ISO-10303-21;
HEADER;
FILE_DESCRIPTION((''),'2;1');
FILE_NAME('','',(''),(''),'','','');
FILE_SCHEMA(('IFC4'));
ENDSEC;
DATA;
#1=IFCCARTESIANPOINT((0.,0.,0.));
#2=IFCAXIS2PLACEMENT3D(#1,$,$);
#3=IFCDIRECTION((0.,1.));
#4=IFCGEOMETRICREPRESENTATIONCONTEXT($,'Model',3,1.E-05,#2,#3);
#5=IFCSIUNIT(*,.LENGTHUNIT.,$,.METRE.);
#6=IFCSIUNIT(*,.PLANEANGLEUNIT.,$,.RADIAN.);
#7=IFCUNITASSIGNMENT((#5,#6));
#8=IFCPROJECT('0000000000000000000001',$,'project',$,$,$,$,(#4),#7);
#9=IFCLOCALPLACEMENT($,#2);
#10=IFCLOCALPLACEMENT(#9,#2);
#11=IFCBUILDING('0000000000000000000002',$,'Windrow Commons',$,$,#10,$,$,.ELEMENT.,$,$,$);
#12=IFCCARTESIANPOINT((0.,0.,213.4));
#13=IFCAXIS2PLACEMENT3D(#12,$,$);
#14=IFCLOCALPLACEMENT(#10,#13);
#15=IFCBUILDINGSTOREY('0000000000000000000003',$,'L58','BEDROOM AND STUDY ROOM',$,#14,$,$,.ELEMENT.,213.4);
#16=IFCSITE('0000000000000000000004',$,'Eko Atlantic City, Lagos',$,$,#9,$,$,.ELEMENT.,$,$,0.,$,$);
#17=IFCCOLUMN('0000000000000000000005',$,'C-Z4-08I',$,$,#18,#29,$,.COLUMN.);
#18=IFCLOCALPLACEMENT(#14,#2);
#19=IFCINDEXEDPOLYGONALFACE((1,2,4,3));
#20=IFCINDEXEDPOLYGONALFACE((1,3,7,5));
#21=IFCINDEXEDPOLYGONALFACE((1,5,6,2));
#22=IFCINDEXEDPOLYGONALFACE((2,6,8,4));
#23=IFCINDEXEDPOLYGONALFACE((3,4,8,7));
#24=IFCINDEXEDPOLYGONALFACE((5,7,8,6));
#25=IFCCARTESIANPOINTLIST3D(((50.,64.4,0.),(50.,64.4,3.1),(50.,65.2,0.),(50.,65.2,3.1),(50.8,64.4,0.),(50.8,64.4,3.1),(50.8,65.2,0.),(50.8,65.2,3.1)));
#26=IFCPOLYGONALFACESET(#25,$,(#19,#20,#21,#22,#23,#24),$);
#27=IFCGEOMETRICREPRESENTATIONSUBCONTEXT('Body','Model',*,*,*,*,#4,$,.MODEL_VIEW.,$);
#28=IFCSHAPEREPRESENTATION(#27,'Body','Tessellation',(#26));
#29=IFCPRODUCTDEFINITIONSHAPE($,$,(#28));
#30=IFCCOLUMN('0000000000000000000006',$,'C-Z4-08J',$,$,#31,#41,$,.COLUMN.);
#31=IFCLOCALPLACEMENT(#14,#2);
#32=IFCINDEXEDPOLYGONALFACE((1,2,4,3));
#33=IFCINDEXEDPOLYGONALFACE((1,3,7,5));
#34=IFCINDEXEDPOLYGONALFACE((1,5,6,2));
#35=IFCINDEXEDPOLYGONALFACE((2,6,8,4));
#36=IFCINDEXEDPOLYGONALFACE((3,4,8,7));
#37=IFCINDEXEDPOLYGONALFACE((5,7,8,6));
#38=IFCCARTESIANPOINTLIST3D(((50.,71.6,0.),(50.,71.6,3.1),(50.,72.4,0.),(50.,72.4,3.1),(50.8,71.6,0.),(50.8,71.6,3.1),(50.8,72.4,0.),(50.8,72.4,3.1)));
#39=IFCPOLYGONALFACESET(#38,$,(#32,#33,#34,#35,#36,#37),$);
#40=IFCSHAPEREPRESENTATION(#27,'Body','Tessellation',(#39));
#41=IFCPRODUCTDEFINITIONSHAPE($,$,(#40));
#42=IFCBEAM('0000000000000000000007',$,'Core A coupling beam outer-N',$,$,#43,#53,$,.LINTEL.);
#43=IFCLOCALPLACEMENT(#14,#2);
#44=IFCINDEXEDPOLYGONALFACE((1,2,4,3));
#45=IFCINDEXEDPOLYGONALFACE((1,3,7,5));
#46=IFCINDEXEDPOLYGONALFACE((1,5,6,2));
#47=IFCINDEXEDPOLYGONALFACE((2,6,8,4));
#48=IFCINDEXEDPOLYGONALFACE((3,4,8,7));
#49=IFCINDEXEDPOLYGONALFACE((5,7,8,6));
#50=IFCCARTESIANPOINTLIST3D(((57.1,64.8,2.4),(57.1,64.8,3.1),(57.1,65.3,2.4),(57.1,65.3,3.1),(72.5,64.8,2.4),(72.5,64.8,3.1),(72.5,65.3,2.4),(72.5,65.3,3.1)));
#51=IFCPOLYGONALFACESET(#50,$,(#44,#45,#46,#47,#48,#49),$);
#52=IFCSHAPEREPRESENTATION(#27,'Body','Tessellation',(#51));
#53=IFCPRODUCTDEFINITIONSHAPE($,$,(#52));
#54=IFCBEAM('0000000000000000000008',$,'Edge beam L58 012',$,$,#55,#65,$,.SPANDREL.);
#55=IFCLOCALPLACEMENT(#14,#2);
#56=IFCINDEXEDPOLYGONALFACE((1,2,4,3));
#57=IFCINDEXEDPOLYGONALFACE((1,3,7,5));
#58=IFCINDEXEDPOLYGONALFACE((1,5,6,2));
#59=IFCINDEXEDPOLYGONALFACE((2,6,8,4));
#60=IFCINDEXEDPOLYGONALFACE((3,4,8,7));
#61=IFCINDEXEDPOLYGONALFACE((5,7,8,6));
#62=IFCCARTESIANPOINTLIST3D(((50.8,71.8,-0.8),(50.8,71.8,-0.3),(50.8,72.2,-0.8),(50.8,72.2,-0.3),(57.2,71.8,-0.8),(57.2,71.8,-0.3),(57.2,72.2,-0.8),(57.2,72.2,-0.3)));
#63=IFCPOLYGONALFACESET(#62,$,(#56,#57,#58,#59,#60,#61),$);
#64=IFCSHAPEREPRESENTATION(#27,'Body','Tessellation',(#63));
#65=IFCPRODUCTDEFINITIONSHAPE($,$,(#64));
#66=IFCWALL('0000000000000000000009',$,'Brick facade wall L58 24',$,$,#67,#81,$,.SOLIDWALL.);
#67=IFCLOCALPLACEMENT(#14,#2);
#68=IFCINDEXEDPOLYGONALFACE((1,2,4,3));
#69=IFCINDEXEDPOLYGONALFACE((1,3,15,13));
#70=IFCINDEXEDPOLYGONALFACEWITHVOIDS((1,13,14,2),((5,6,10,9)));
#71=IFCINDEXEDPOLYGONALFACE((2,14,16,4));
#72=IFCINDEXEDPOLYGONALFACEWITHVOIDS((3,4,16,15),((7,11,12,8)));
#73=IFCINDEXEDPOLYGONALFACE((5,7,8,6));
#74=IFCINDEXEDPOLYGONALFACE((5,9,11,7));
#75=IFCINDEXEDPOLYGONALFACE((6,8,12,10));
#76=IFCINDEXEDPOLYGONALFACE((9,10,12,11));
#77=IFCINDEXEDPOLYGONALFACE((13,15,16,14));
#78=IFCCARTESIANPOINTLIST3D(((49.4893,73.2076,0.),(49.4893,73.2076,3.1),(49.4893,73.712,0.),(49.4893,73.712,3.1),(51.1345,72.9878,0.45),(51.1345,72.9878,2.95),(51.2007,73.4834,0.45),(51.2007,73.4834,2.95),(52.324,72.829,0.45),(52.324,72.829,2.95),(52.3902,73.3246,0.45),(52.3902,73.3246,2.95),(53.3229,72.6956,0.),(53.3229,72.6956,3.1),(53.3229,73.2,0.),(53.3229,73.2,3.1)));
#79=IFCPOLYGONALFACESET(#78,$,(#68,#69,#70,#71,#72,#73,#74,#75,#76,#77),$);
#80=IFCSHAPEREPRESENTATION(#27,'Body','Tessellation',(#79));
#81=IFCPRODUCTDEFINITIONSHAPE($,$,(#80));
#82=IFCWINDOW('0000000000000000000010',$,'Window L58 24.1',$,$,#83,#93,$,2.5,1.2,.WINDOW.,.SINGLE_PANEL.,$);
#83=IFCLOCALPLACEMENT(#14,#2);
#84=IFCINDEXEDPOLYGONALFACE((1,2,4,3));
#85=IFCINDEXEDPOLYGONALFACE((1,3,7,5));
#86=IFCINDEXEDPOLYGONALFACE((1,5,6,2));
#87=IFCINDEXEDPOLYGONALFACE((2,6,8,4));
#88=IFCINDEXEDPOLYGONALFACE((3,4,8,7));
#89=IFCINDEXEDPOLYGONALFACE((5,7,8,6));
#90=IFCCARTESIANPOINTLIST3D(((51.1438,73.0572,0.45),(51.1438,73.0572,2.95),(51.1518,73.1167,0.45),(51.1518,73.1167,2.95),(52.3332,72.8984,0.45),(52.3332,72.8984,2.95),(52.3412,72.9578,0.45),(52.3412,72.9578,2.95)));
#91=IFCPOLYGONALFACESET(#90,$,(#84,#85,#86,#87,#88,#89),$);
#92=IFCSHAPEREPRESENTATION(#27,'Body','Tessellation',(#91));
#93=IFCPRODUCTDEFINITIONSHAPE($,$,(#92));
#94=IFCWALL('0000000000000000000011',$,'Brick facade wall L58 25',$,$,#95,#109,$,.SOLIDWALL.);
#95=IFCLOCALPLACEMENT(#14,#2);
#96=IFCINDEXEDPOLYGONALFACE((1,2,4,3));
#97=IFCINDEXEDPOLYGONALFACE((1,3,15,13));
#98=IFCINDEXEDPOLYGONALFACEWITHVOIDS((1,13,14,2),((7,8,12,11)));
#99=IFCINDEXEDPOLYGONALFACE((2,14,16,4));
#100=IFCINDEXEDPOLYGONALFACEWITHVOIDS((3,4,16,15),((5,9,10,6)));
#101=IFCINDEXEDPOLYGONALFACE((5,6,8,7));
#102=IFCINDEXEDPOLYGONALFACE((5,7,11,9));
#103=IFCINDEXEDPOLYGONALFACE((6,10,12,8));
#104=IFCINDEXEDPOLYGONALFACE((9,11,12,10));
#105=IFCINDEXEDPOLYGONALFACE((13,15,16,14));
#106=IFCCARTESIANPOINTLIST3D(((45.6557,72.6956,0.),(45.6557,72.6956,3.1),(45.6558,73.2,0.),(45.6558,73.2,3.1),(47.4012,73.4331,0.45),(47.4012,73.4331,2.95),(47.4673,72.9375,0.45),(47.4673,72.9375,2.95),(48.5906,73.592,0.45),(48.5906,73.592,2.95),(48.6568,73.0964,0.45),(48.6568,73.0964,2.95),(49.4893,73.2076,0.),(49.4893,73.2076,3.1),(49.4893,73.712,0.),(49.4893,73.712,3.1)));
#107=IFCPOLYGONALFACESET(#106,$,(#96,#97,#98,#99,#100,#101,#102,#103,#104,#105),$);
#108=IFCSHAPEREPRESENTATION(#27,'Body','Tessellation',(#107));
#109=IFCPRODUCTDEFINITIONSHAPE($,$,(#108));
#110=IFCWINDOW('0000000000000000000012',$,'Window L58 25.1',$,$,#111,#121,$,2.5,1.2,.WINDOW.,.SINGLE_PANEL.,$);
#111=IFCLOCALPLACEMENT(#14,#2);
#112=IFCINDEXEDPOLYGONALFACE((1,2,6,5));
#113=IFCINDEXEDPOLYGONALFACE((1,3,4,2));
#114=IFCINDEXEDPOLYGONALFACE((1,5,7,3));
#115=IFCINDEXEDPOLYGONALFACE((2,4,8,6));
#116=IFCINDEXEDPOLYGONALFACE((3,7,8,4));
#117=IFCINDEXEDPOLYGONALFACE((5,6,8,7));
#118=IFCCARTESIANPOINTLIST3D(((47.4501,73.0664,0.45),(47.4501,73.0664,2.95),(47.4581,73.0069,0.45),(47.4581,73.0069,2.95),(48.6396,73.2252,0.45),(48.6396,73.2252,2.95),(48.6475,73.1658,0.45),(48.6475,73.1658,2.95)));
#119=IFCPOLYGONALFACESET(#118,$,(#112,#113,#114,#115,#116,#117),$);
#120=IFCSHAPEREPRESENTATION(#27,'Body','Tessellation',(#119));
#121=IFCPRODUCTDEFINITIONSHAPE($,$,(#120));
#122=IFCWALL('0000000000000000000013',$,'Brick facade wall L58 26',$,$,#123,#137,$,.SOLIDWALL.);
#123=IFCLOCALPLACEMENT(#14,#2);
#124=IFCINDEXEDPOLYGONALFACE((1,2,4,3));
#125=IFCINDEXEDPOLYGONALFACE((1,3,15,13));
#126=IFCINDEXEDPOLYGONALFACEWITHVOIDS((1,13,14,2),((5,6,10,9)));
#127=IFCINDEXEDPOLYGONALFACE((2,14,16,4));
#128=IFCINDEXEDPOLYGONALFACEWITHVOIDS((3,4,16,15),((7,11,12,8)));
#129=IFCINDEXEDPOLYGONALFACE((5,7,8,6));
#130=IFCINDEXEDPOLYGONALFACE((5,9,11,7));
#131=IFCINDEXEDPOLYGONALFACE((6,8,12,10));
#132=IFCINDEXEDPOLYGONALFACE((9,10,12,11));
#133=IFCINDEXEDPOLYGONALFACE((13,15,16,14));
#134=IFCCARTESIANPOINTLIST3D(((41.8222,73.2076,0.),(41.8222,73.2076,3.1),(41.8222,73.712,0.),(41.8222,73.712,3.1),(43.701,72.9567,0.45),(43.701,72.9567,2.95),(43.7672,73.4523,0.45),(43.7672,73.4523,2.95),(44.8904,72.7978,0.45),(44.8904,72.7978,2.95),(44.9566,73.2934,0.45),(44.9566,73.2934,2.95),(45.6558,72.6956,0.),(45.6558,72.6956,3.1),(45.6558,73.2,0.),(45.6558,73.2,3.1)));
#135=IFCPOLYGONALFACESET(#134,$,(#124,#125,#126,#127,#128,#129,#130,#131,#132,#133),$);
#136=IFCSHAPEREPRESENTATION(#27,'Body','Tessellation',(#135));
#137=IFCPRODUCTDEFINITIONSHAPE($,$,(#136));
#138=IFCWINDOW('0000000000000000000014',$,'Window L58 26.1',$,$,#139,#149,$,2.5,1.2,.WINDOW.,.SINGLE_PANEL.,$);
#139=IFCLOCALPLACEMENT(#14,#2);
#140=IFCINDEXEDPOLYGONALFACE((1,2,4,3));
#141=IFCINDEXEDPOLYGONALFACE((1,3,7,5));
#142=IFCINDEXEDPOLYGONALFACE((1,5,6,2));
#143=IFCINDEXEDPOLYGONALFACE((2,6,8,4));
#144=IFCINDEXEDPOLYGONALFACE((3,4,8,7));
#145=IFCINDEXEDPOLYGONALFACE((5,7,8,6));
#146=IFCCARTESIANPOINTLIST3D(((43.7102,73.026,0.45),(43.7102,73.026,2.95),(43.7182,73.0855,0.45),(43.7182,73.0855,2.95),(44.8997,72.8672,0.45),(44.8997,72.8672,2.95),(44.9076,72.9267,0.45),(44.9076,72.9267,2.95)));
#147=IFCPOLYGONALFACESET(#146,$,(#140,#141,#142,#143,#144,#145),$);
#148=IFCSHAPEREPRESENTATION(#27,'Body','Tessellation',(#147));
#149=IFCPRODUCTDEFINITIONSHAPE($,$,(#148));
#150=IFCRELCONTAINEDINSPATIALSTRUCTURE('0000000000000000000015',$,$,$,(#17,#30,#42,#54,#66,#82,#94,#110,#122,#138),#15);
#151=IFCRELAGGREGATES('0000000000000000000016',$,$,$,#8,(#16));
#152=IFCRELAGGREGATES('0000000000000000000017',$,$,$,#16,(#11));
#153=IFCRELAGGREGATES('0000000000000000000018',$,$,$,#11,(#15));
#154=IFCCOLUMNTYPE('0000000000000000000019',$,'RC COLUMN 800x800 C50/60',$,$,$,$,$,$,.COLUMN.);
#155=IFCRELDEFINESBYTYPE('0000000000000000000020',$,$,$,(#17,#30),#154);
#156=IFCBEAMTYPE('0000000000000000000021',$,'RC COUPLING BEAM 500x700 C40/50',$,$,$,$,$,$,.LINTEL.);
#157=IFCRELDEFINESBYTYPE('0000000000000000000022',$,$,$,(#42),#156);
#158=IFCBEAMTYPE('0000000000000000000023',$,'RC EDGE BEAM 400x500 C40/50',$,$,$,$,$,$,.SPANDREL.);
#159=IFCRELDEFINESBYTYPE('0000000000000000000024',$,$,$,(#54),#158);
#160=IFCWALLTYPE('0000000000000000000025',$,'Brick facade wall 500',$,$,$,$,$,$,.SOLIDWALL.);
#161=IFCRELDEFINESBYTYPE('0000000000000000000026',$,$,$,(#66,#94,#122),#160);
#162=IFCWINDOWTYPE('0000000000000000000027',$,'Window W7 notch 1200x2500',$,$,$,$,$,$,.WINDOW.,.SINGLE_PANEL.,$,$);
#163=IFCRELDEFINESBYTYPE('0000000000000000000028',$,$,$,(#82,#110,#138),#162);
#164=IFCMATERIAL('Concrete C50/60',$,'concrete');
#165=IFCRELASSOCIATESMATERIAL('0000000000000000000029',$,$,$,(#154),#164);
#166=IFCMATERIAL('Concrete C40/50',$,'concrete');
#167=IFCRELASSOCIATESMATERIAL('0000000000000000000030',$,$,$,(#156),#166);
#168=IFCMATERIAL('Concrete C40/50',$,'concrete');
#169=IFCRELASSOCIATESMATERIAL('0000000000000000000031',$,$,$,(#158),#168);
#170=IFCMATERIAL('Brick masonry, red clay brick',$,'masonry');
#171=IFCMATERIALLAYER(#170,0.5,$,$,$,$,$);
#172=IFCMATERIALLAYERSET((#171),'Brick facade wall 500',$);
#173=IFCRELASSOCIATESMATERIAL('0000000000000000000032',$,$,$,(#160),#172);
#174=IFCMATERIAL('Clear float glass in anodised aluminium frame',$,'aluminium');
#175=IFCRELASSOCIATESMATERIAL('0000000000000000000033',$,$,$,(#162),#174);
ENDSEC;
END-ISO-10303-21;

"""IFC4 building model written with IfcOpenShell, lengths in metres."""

from ifc_helpers import new_model, si_unit, direction, frame, frame_2d, origin, origin_2d, place, context, subcontext, project, spatial, polyline, rectangle, outline, extrude, material, layer, layer_set, material_profile, profile_set, type_object, element, fill, save


model = new_model("IFC4")

# Units and contexts
model_context = context("Model", 3, precision=1e-05, world=origin(), true_north=direction((0.0, 1.0)))
body_context = subcontext(model_context, "Body", "Model", "MODEL_VIEW")
ifc_project = project(units=[si_unit("LENGTHUNIT", "METRE"), si_unit("PLANEANGLEUNIT", "RADIAN")], contexts=[model_context])

# Site, building, storey
site_placement = place(None, origin())
site = spatial("IfcSite", under=ifc_project, at=site_placement, Name="Eko Atlantic City, Lagos", CompositionType="ELEMENT", RefElevation=0.0)
building_placement = place(site_placement, origin())
building = spatial("IfcBuilding", under=site, at=building_placement, Name="Windrow Commons", CompositionType="ELEMENT")
storey_placement = place(building_placement, frame((0.0, 0.0, 213.4)))
storey = spatial("IfcBuildingStorey", under=building, at=storey_placement, Name="L58", Description="BEDROOM AND STUDY ROOM", CompositionType="ELEMENT", Elevation=213.4)

# Columns
ifc_material_1 = material(Name="Concrete C50/60", Category="concrete")
ifc_material_profile_1 = material_profile(ifc_material_1, rectangle(XDim=0.8, YDim=0.8, at=origin_2d()))
ifc_profile_set_1 = profile_set([ifc_material_profile_1], Name="Concrete C50/60")
column_type = type_object("IfcColumnType", Name="RC COLUMN 800x800 C50/60", PredefinedType="COLUMN", material=ifc_profile_set_1)
for number, where, z_axis, x_axis, name in (
    (1, (50.4, 64.8, 0.0), (0.0, 0.0, 1.0), (1.0, 0.0, 0.0), "C-Z4-08I"),
    (2, (50.4, 72.0, 0.0), (0.0, 0.0, 1.0), (1.0, 0.0, 0.0), "C-Z4-08J"),
):
    element("IfcColumn", number, at=place(storey_placement, frame(where, z_axis=z_axis, x_axis=x_axis)), inside=storey, type_object=column_type, Name=name, PredefinedType="COLUMN", context=body_context, shape_type="SweptSolid", body=[
        extrude(rectangle(XDim=0.8, YDim=0.8, at=origin_2d()), origin(), (0.0, 0.0, 1.0), 3.1),
    ])

# Beams
ifc_material_2 = material(Name="Concrete C40/50", Category="concrete")
ifc_material_profile_2 = material_profile(ifc_material_2, rectangle(XDim=0.5, YDim=0.7, at=origin_2d()))
ifc_profile_set_2 = profile_set([ifc_material_profile_2], Name="Concrete C40/50")
beam_type_1 = type_object("IfcBeamType", Name="RC COUPLING BEAM 500x700 C40/50", PredefinedType="LINTEL", material=ifc_profile_set_2)
beam_1_placement = place(storey_placement, frame((57.1, 65.05, 2.75), z_axis=(1.0, 0.0, 0.0), x_axis=(0.0, 1.0, 0.0)))
element("IfcBeam", 3, at=beam_1_placement, inside=storey, type_object=beam_type_1, Name="Core A coupling beam outer-N", PredefinedType="LINTEL", context=body_context, shape_type="SweptSolid", body=[
    extrude(rectangle(XDim=0.5, YDim=0.7, at=origin_2d()), origin(), (0.0, 0.0, 1.0), 15.4),
])
ifc_material_3 = material(Name="Concrete C40/50", Category="concrete")
ifc_material_profile_3 = material_profile(ifc_material_3, rectangle(XDim=0.4, YDim=0.5, at=origin_2d()))
ifc_profile_set_3 = profile_set([ifc_material_profile_3], Name="Concrete C40/50")
beam_type_2 = type_object("IfcBeamType", Name="RC EDGE BEAM 400x500 C40/50", PredefinedType="SPANDREL", material=ifc_profile_set_3)
beam_2_placement = place(storey_placement, frame((50.8, 72.0, -0.55), z_axis=(1.0, 0.0, 0.0), x_axis=(0.0, 1.0, 0.0)))
element("IfcBeam", 4, at=beam_2_placement, inside=storey, type_object=beam_type_2, Name="Edge beam L58 012", PredefinedType="SPANDREL", context=body_context, shape_type="SweptSolid", body=[
    extrude(rectangle(XDim=0.4, YDim=0.5, at=origin_2d()), origin(), (0.0, 0.0, 1.0), 6.4),
])

# Walls, openings, windows
ifc_material_4 = material(Name="Brick masonry, red clay brick", Category="masonry")
ifc_layer_1 = layer(ifc_material_4, 0.5)
ifc_layer_set_1 = layer_set([ifc_layer_1], Name="Brick facade wall 500")
wall_type_1 = type_object("IfcWallType", Name="Brick facade wall 500", PredefinedType="SOLIDWALL", material=ifc_layer_set_1)
wall_1_placement = place(storey_placement, frame((53.3229, 72.9478, 0.0), z_axis=(0.0, 0.0, 1.0), x_axis=(-0.991199, 0.13238, 0.0)))
wall_1 = element("IfcWall", 5, at=wall_1_placement, inside=storey, type_object=wall_type_1, Name="Brick facade wall L58 24", PredefinedType="SOLIDWALL", context=body_context, shape_type="SweptSolid", body=[
    extrude(outline(polyline([(0.0334, -0.25), (3.901, -0.25), (3.8342, 0.25), (-0.0334, 0.25), (0.0334, -0.25)])), origin(), (0.0, 0.0, 1.0), 3.1),
])
opening_1_placement = place(wall_1_placement, frame((0.9744, 0.0, 0.45)))
opening_1 = element("IfcOpeningElement", 6, at=opening_1_placement, cuts=wall_1, PredefinedType="OPENING", context=body_context, shape_type="SweptSolid", body=[
    extrude(rectangle(XDim=1.2, YDim=2.5, at=frame_2d((0.6, 1.25))), frame((0.0, 0.26, 0.0), z_axis=(0.0, -1.0, 0.0), x_axis=(1.0, 0.0, 0.0)), (0.0, 0.0, 1.0), 0.52),
])
ifc_material_5 = material(Name="Clear float glass in anodised aluminium frame", Category="aluminium")
window_type = type_object("IfcWindowType", Name="Window W7 notch 1200x2500", PartitioningType="SINGLE_PANEL", PredefinedType="WINDOW", material=ifc_material_5)
window_1_placement = place(opening_1_placement, origin())
window_1 = element("IfcWindow", 7, at=window_1_placement, inside=storey, type_object=window_type, Name="Window L58 24.1", OverallHeight=2.5, OverallWidth=1.2, PartitioningType="SINGLE_PANEL", PredefinedType="WINDOW", context=body_context, shape_type="SweptSolid", body=[
    extrude(rectangle(XDim=1.2, YDim=2.5, at=frame_2d((0.6, 1.25))), frame((0.0, 0.18, 0.0), z_axis=(0.0, -1.0, 0.0), x_axis=(1.0, 0.0, 0.0)), (0.0, 0.0, 1.0), 0.06),
])
fill(opening_1, window_1)
wall_2_placement = place(storey_placement, frame((49.4893, 73.4598, 0.0), z_axis=(0.0, 0.0, 1.0), x_axis=(-0.991199, -0.132384, 0.0)))
wall_2 = element("IfcWall", 8, at=wall_2_placement, inside=storey, type_object=wall_type_1, Name="Brick facade wall L58 25", PredefinedType="SOLIDWALL", context=body_context, shape_type="SweptSolid", body=[
    extrude(outline(polyline([(-0.0334, -0.25), (3.8342, -0.25), (3.901, 0.25), (0.0334, 0.25), (-0.0334, -0.25)])), origin(), (0.0, 0.0, 1.0), 3.1),
])
opening_2_placement = place(wall_2_placement, frame((0.8733, 0.0, 0.45)))
opening_2 = element("IfcOpeningElement", 9, at=opening_2_placement, cuts=wall_2, PredefinedType="OPENING", context=body_context, shape_type="SweptSolid", body=[
    extrude(rectangle(XDim=1.2, YDim=2.5, at=frame_2d((0.6, 1.25))), frame((0.0, 0.26, 0.0), z_axis=(0.0, -1.0, 0.0), x_axis=(1.0, 0.0, 0.0)), (0.0, 0.0, 1.0), 0.52),
])
window_2_placement = place(opening_2_placement, origin())
window_2 = element("IfcWindow", 10, at=window_2_placement, inside=storey, type_object=window_type, Name="Window L58 25.1", OverallHeight=2.5, OverallWidth=1.2, PartitioningType="SINGLE_PANEL", PredefinedType="WINDOW", context=body_context, shape_type="SweptSolid", body=[
    extrude(rectangle(XDim=1.2, YDim=2.5, at=frame_2d((0.6, 1.25))), frame((0.0, 0.18, 0.0), z_axis=(0.0, -1.0, 0.0), x_axis=(1.0, 0.0, 0.0)), (0.0, 0.0, 1.0), 0.06),
])
fill(opening_2, window_2)
wall_3_placement = place(storey_placement, frame((45.6558, 72.9478, 0.0), z_axis=(0.0, 0.0, 1.0), x_axis=(-0.991199, 0.13238, 0.0)))
wall_3 = element("IfcWall", 11, at=wall_3_placement, inside=storey, type_object=wall_type_1, Name="Brick facade wall L58 26", PredefinedType="SOLIDWALL", context=body_context, shape_type="SweptSolid", body=[
    extrude(outline(polyline([(0.0334, -0.25), (3.901, -0.25), (3.8342, 0.25), (-0.0334, 0.25), (0.0334, -0.25)])), origin(), (0.0, 0.0, 1.0), 3.1),
])
opening_3_placement = place(wall_3_placement, frame((0.7388, 0.0, 0.45)))
opening_3 = element("IfcOpeningElement", 12, at=opening_3_placement, cuts=wall_3, PredefinedType="OPENING", context=body_context, shape_type="SweptSolid", body=[
    extrude(rectangle(XDim=1.2, YDim=2.5, at=frame_2d((0.6, 1.25))), frame((0.0, 0.26, 0.0), z_axis=(0.0, -1.0, 0.0), x_axis=(1.0, 0.0, 0.0)), (0.0, 0.0, 1.0), 0.52),
])
window_3_placement = place(opening_3_placement, origin())
window_3 = element("IfcWindow", 13, at=window_3_placement, inside=storey, type_object=window_type, Name="Window L58 26.1", OverallHeight=2.5, OverallWidth=1.2, PartitioningType="SINGLE_PANEL", PredefinedType="WINDOW", context=body_context, shape_type="SweptSolid", body=[
    extrude(rectangle(XDim=1.2, YDim=2.5, at=frame_2d((0.6, 1.25))), frame((0.0, 0.18, 0.0), z_axis=(0.0, -1.0, 0.0), x_axis=(1.0, 0.0, 0.0)), (0.0, 0.0, 1.0), 0.06),
])
fill(opening_3, window_3)

save(model, "model.ifc")
